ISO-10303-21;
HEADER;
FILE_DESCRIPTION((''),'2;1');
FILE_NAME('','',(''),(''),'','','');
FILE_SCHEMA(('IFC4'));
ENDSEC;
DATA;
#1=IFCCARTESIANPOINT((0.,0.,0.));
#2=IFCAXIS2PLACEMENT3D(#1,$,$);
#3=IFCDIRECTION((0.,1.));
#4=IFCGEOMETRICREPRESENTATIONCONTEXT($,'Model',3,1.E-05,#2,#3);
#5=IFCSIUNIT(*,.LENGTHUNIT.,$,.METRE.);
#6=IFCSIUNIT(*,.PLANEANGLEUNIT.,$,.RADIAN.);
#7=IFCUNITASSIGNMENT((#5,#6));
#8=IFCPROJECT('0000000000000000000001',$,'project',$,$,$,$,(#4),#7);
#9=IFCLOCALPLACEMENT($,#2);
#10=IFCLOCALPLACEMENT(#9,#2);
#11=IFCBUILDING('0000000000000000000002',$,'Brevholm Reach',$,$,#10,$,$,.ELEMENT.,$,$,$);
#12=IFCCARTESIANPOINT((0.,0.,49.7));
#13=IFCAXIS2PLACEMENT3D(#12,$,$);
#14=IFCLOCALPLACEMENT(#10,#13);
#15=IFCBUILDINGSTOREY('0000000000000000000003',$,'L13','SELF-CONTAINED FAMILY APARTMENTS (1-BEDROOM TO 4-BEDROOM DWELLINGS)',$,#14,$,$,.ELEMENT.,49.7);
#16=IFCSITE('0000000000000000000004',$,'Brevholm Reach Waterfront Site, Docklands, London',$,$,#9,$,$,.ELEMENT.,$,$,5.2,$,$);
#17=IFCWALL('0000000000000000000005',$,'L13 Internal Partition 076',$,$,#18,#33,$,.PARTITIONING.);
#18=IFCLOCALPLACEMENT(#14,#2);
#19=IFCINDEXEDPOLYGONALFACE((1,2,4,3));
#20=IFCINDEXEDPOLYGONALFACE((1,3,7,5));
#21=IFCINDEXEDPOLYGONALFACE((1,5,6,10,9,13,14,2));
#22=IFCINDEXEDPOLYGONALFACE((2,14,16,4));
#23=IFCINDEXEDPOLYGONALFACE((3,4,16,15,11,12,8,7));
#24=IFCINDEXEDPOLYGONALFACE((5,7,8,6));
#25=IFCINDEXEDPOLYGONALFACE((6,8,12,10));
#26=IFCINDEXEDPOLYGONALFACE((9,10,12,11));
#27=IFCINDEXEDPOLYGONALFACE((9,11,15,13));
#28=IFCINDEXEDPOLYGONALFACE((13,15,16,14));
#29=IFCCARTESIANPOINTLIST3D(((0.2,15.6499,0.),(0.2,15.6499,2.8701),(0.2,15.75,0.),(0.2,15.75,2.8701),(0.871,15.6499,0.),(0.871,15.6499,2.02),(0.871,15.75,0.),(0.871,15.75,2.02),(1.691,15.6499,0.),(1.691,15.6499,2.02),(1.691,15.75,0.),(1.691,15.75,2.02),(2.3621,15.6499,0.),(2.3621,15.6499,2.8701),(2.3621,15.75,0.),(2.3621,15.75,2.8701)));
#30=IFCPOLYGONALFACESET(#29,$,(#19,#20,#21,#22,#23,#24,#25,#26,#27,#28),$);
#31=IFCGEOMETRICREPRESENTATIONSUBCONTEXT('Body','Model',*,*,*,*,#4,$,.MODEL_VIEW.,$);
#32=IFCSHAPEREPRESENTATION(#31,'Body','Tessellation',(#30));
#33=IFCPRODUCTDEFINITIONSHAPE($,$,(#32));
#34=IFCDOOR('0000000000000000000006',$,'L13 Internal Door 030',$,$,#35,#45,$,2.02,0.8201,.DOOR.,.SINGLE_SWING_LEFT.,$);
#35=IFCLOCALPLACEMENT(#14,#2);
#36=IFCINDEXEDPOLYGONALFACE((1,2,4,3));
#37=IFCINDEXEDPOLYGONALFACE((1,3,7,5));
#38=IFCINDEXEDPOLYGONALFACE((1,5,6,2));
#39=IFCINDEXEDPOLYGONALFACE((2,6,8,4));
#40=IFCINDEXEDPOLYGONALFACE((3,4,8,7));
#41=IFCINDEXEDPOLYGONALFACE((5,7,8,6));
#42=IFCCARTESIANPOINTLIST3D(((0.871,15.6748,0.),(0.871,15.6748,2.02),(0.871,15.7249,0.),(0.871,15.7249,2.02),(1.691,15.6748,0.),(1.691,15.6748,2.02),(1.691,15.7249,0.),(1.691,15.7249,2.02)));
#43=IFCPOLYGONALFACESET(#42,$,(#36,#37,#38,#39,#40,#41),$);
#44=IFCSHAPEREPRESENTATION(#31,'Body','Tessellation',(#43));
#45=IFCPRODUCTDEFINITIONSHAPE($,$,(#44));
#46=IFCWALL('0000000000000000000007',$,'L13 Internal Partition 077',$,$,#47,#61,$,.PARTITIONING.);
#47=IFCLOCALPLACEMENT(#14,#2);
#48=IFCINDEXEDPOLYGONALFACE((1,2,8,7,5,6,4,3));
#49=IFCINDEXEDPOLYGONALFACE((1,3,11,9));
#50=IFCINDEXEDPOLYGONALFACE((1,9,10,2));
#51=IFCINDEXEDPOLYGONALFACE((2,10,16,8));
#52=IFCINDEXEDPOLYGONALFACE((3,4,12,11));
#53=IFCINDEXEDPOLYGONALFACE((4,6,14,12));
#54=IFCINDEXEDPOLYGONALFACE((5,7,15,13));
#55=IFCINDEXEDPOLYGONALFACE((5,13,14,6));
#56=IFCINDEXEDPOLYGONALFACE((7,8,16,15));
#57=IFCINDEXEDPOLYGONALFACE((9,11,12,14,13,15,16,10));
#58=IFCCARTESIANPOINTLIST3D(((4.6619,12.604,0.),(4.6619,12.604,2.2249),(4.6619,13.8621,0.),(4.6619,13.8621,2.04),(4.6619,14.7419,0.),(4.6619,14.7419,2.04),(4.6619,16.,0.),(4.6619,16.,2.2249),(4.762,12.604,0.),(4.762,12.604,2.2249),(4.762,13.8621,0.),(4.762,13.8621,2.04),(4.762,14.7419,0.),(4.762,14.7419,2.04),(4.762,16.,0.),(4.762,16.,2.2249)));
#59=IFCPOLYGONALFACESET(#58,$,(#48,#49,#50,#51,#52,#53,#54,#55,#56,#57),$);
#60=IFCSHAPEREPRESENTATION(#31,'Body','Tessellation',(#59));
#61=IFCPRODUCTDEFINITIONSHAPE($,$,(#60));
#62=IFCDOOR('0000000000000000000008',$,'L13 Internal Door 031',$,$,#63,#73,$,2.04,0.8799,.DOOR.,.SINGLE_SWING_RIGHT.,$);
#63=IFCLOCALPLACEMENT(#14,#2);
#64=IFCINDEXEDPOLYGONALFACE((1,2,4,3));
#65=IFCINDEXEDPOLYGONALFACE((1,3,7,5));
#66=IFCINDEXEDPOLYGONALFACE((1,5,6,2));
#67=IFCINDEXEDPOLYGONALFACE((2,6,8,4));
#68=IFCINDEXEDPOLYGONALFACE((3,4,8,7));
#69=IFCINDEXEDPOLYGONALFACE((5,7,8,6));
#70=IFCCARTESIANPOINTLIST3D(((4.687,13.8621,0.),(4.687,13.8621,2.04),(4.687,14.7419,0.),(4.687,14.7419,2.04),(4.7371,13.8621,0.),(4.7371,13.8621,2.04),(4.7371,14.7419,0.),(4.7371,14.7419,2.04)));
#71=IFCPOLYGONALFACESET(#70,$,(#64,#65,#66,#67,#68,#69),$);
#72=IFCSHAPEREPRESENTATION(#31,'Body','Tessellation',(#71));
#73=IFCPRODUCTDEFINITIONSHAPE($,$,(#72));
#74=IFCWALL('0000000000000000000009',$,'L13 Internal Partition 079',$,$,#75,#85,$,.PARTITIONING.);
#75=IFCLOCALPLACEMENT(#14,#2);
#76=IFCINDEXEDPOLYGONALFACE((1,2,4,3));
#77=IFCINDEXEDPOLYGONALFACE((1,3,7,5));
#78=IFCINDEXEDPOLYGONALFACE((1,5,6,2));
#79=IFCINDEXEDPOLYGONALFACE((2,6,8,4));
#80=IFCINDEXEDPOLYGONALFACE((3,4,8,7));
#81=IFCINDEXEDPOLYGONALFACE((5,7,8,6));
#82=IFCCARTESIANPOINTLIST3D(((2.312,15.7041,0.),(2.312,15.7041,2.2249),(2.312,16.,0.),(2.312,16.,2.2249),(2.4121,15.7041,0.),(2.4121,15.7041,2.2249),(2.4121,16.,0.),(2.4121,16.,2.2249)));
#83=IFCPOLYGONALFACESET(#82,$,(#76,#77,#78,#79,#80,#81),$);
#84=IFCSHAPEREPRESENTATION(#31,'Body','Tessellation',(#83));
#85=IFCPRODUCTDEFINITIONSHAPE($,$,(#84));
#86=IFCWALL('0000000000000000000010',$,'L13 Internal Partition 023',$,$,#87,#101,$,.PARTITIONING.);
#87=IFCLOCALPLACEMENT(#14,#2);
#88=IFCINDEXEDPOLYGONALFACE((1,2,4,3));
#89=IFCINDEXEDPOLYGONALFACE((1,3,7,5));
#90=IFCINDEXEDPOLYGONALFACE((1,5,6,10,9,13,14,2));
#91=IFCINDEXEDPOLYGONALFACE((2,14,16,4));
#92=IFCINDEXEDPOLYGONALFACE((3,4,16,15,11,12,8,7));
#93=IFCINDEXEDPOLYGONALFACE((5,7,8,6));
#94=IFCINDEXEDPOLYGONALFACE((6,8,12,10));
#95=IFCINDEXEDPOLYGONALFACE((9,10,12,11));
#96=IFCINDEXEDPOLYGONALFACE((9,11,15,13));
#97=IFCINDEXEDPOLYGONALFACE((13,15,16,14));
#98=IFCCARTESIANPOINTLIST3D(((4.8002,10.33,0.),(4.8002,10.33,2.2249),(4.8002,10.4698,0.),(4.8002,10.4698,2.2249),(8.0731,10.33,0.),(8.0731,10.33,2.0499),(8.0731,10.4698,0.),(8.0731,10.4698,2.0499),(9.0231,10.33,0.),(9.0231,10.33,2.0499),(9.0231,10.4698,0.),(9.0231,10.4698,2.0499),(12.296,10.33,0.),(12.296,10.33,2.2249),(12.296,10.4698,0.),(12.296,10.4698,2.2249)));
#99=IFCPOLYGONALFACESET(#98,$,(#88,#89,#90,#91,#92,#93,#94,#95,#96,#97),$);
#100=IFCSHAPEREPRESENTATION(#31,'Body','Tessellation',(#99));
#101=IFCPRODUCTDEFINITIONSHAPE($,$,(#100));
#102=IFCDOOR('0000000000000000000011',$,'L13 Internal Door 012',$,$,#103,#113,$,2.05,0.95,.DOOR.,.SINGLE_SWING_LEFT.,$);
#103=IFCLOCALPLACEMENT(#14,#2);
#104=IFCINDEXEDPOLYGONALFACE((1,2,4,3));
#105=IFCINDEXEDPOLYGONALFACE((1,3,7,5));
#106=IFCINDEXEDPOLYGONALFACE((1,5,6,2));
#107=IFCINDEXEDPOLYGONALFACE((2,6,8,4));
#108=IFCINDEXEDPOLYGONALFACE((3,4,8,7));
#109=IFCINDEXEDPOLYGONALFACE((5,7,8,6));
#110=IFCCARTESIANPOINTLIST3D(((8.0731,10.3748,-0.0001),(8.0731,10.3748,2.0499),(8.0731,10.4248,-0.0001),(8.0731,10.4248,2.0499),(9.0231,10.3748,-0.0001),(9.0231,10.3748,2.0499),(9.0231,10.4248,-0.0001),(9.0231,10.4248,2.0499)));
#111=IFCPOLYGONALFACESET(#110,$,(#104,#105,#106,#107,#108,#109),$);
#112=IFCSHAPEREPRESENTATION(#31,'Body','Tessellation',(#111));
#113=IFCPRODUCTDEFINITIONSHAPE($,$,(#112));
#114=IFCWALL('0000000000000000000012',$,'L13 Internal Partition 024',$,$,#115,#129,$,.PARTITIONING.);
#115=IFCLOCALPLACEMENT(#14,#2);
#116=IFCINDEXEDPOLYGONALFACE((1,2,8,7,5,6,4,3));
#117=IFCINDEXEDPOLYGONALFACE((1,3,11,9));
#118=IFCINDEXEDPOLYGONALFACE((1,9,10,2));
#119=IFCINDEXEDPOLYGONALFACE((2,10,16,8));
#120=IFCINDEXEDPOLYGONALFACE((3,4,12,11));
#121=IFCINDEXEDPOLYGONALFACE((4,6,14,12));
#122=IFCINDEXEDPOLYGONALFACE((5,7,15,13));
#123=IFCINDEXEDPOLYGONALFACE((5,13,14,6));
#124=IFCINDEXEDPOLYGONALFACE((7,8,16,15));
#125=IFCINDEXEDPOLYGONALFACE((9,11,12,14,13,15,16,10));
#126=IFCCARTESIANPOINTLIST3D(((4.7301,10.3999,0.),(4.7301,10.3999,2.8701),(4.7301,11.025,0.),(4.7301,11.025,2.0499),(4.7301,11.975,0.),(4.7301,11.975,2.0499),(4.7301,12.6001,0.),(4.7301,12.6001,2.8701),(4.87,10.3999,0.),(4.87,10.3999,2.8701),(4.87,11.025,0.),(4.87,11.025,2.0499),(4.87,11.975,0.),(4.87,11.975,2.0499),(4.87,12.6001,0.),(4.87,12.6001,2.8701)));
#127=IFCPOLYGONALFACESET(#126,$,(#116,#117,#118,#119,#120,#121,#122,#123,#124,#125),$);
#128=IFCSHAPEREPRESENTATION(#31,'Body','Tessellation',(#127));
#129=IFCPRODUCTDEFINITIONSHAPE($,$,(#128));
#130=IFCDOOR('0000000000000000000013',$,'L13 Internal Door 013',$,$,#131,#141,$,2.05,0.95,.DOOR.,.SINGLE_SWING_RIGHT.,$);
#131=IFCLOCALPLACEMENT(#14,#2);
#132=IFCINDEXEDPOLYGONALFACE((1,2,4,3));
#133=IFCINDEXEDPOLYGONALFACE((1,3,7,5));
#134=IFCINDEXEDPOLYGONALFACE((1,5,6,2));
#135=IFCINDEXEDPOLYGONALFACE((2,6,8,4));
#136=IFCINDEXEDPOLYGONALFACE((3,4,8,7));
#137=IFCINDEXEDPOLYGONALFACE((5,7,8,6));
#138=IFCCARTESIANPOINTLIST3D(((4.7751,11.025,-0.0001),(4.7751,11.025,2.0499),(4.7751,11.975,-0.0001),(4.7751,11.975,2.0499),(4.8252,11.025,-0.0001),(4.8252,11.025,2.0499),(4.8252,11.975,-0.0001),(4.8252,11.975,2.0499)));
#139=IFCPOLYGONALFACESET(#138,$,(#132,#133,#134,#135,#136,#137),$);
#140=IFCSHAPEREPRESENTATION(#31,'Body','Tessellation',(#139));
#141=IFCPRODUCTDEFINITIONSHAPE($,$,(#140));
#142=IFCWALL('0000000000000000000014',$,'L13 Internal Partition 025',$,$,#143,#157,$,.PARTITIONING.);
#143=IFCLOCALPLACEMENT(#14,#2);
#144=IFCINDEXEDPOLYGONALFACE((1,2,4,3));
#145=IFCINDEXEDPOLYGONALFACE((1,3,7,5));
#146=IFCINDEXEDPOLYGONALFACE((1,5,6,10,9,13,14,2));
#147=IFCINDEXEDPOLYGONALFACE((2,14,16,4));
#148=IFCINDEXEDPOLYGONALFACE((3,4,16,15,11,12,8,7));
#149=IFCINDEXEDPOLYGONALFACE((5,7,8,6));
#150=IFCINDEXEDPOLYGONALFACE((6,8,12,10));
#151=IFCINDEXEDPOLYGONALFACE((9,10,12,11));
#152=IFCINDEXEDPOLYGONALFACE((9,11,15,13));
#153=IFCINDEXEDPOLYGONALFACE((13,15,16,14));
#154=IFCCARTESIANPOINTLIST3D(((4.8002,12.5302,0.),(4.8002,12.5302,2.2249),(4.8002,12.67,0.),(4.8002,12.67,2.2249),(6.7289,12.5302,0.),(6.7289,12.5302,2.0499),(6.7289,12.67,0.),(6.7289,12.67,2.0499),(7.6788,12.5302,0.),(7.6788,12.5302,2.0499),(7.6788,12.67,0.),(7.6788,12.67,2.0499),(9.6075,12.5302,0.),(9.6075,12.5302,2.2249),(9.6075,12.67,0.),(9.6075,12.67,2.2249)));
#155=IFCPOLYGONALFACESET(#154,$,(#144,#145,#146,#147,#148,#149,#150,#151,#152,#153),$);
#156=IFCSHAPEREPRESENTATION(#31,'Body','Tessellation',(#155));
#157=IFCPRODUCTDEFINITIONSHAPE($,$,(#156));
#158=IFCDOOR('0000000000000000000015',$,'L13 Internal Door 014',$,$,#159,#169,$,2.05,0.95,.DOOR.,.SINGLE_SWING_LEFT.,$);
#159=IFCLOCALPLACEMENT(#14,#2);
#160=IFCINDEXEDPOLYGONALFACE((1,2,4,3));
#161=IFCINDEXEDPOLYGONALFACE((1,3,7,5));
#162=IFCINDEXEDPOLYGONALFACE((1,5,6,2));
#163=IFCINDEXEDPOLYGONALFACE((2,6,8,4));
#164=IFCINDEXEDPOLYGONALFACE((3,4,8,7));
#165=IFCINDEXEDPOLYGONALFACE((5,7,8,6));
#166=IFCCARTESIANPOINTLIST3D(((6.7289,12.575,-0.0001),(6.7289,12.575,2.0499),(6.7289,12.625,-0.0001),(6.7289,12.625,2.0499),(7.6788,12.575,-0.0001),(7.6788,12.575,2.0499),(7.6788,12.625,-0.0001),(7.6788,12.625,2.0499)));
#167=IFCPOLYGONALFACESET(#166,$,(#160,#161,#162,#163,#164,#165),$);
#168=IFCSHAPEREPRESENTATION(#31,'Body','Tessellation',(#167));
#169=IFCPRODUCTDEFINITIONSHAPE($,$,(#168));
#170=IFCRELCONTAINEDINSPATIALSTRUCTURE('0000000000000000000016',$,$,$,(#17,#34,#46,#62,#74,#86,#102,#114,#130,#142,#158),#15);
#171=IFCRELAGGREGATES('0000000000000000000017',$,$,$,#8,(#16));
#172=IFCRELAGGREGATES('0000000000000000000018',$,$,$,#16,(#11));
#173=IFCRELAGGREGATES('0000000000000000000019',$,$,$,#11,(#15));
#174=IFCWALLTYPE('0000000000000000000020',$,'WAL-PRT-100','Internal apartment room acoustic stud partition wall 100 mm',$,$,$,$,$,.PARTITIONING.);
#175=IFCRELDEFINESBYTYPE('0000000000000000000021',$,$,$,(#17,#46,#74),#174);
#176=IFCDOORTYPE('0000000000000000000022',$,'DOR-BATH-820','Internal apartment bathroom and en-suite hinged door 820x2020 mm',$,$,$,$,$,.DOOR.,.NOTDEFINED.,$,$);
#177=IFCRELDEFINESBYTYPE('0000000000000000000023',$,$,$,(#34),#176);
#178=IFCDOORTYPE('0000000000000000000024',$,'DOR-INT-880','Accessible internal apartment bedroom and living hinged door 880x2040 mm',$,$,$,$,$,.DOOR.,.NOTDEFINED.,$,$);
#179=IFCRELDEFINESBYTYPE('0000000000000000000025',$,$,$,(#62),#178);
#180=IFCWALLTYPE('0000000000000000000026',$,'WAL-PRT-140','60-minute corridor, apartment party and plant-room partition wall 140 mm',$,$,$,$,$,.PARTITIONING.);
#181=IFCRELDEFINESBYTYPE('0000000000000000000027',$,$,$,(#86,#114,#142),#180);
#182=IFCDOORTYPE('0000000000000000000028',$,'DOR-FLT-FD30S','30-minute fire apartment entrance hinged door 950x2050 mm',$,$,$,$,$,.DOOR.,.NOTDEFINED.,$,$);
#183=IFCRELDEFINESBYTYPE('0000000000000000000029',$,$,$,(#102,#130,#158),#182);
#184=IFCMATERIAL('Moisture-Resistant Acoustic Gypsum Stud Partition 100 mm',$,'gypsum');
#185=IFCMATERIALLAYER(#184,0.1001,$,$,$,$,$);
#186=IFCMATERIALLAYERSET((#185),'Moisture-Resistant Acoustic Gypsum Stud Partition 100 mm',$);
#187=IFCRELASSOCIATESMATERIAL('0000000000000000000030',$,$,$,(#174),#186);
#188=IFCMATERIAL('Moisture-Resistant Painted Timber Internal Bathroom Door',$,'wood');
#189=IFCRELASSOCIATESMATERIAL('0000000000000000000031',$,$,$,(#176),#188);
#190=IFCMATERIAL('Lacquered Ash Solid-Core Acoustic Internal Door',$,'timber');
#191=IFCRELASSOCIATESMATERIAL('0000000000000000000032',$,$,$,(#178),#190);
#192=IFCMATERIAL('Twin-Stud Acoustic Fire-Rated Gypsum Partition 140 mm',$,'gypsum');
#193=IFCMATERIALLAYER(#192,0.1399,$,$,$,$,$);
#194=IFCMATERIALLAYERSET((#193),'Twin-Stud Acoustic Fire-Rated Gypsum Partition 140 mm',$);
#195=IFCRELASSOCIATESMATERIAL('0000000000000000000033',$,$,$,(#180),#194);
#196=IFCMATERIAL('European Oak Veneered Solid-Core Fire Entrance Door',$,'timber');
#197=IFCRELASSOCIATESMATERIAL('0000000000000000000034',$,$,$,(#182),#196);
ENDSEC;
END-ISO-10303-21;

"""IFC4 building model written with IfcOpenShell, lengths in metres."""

from ifc_helpers import new_model, si_unit, direction, frame, frame_2d, origin, place, context, subcontext, project, spatial, rectangle, extrude, material, layer, layer_set, type_object, element, fill, save


model = new_model("IFC4")

# Units and contexts
model_context = context("Model", 3, precision=1e-05, world=origin(), true_north=direction((0.0, 1.0)))
body_context = subcontext(model_context, "Body", "Model", "MODEL_VIEW")
ifc_project = project(units=[si_unit("LENGTHUNIT", "METRE"), si_unit("PLANEANGLEUNIT", "RADIAN")], contexts=[model_context])

# Site, building, storey
site_placement = place(None, origin())
site = spatial("IfcSite", under=ifc_project, at=site_placement, Name="Brevholm Reach Waterfront Site, Docklands, London", CompositionType="ELEMENT", RefElevation=5.2)
building_placement = place(site_placement, origin())
building = spatial("IfcBuilding", under=site, at=building_placement, Name="Brevholm Reach", CompositionType="ELEMENT")
storey_placement = place(building_placement, frame((0.0, 0.0, 49.7)))
storey = spatial("IfcBuildingStorey", under=building, at=storey_placement, Name="L13", Description="SELF-CONTAINED FAMILY APARTMENTS (1-BEDROOM TO 4-BEDROOM DWELLINGS)", CompositionType="ELEMENT", Elevation=49.7)

# Shared definitions
ifc_material_1 = material(Name="Moisture-Resistant Acoustic Gypsum Stud Partition 100 mm", Category="gypsum")
ifc_layer_1 = layer(ifc_material_1, 0.1001)
ifc_layer_set_1 = layer_set([ifc_layer_1], Name="Moisture-Resistant Acoustic Gypsum Stud Partition 100 mm")
wall_type_1 = type_object("IfcWallType", Name="WAL-PRT-100", Description="Internal apartment room acoustic stud partition wall 100 mm", PredefinedType="PARTITIONING", material=ifc_layer_set_1)

# Walls, openings, doors
wall_1_placement = place(storey_placement, frame((0.2, 15.7, 0.0), z_axis=(0.0, 0.0, 1.0), x_axis=(1.0, 0.0, 0.0)))
wall_1 = element("IfcWall", 1, at=wall_1_placement, inside=storey, type_object=wall_type_1, Name="L13 Internal Partition 076", PredefinedType="PARTITIONING", context=body_context, shape_type="SweptSolid", body=[
    extrude(rectangle(XDim=2.1621, YDim=0.1001, at=frame_2d((1.0811, 0.0))), origin(), (0.0, 0.0, 1.0), 2.8701),
])
opening_1_placement = place(wall_1_placement, frame((0.6709, 0.0, 0.0)))
opening_1 = element("IfcOpeningElement", 2, at=opening_1_placement, cuts=wall_1, PredefinedType="OPENING", context=body_context, shape_type="SweptSolid", body=[
    extrude(rectangle(XDim=0.8201, YDim=2.02, at=frame_2d((0.4102, 1.01))), frame((0.0, 0.0601, 0.0), z_axis=(0.0, -1.0, 0.0), x_axis=(1.0, 0.0, 0.0)), (0.0, 0.0, 1.0), 0.1201),
])
ifc_material_2 = material(Name="Moisture-Resistant Painted Timber Internal Bathroom Door", Category="wood")
door_type_1 = type_object("IfcDoorType", Name="DOR-BATH-820", Description="Internal apartment bathroom and en-suite hinged door 820x2020 mm", OperationType="NOTDEFINED", PredefinedType="DOOR", material=ifc_material_2)
door_1_placement = place(opening_1_placement, origin())
door_1 = element("IfcDoor", 3, at=door_1_placement, inside=storey, type_object=door_type_1, Name="L13 Internal Door 030", OperationType="SINGLE_SWING_LEFT", OverallHeight=2.02, OverallWidth=0.8201, PredefinedType="DOOR", context=body_context, shape_type="SweptSolid", body=[
    extrude(rectangle(XDim=0.8201, YDim=2.02, at=frame_2d((0.4102, 1.01))), frame((0.0, 0.0249, 0.0), z_axis=(0.0, -1.0, 0.0), x_axis=(1.0, 0.0, 0.0)), (0.0, 0.0, 1.0), 0.05),
])
fill(opening_1, door_1)
wall_2_placement = place(storey_placement, frame((4.7119, 12.604, 0.0), z_axis=(0.0, 0.0, 1.0), x_axis=(0.0, 1.0, 0.0)))
wall_2 = element("IfcWall", 4, at=wall_2_placement, inside=storey, type_object=wall_type_1, Name="L13 Internal Partition 077", PredefinedType="PARTITIONING", context=body_context, shape_type="SweptSolid", body=[
    extrude(rectangle(XDim=3.396, YDim=0.1001, at=frame_2d((1.698, 0.0))), origin(), (0.0, 0.0, 1.0), 2.2249),
])
opening_2_placement = place(wall_2_placement, frame((1.2581, 0.0, 0.0)))
opening_2 = element("IfcOpeningElement", 5, at=opening_2_placement, cuts=wall_2, PredefinedType="OPENING", context=body_context, shape_type="SweptSolid", body=[
    extrude(rectangle(XDim=0.8799, YDim=2.04, at=frame_2d((0.4399, 1.02))), frame((0.0, 0.0601, 0.0), z_axis=(0.0, -1.0, 0.0), x_axis=(1.0, 0.0, 0.0)), (0.0, 0.0, 1.0), 0.1201),
])
ifc_material_3 = material(Name="Lacquered Ash Solid-Core Acoustic Internal Door", Category="timber")
door_type_2 = type_object("IfcDoorType", Name="DOR-INT-880", Description="Accessible internal apartment bedroom and living hinged door 880x2040 mm", OperationType="NOTDEFINED", PredefinedType="DOOR", material=ifc_material_3)
door_2_placement = place(opening_2_placement, origin())
door_2 = element("IfcDoor", 6, at=door_2_placement, inside=storey, type_object=door_type_2, Name="L13 Internal Door 031", OperationType="SINGLE_SWING_RIGHT", OverallHeight=2.04, OverallWidth=0.8799, PredefinedType="DOOR", context=body_context, shape_type="SweptSolid", body=[
    extrude(rectangle(XDim=0.8799, YDim=2.04, at=frame_2d((0.4399, 1.02))), frame((0.0, 0.0249, 0.0), z_axis=(0.0, -1.0, 0.0), x_axis=(1.0, 0.0, 0.0)), (0.0, 0.0, 1.0), 0.05),
])
fill(opening_2, door_2)

# Wall
wall_3_placement = place(storey_placement, frame((2.3621, 15.7041, 0.0), z_axis=(0.0, 0.0, 1.0), x_axis=(0.0, 1.0, 0.0)))
element("IfcWall", 7, at=wall_3_placement, inside=storey, type_object=wall_type_1, Name="L13 Internal Partition 079", PredefinedType="PARTITIONING", context=body_context, shape_type="SweptSolid", body=[
    extrude(rectangle(XDim=0.2959, YDim=0.1001, at=frame_2d((0.1479, 0.0))), origin(), (0.0, 0.0, 1.0), 2.2249),
])

# Walls, openings, doors
ifc_material_4 = material(Name="Twin-Stud Acoustic Fire-Rated Gypsum Partition 140 mm", Category="gypsum")
ifc_layer_2 = layer(ifc_material_4, 0.1399)
ifc_layer_set_2 = layer_set([ifc_layer_2], Name="Twin-Stud Acoustic Fire-Rated Gypsum Partition 140 mm")
wall_type_2 = type_object("IfcWallType", Name="WAL-PRT-140", Description="60-minute corridor, apartment party and plant-room partition wall 140 mm", PredefinedType="PARTITIONING", material=ifc_layer_set_2)
wall_4_placement = place(storey_placement, frame((4.8, 10.3999, 0.0), z_axis=(0.0, 0.0, 1.0), x_axis=(1.0, 0.0, 0.0)))
wall_4 = element("IfcWall", 8, at=wall_4_placement, inside=storey, type_object=wall_type_2, Name="L13 Internal Partition 023", PredefinedType="PARTITIONING", context=body_context, shape_type="SweptSolid", body=[
    extrude(rectangle(XDim=7.4958, YDim=0.1399, at=frame_2d((3.748, 0.0))), origin(), (0.0, 0.0, 1.0), 2.2249),
])
opening_3_placement = place(wall_4_placement, frame((3.2729, 0.0, 0.0)))
opening_3 = element("IfcOpeningElement", 9, at=opening_3_placement, cuts=wall_4, PredefinedType="OPENING", context=body_context, shape_type="SweptSolid", body=[
    extrude(rectangle(XDim=0.95, YDim=2.05, at=frame_2d((0.4751, 1.0249))), frame((0.0, 0.0798, 0.0), z_axis=(0.0, -1.0, 0.0), x_axis=(1.0, 0.0, 0.0)), (0.0, 0.0, 1.0), 0.1599),
])
ifc_material_5 = material(Name="European Oak Veneered Solid-Core Fire Entrance Door", Category="timber")
door_type_3 = type_object("IfcDoorType", Name="DOR-FLT-FD30S", Description="30-minute fire apartment entrance hinged door 950x2050 mm", OperationType="NOTDEFINED", PredefinedType="DOOR", material=ifc_material_5)
door_3_placement = place(opening_3_placement, origin())
door_3 = element("IfcDoor", 10, at=door_3_placement, inside=storey, type_object=door_type_3, Name="L13 Internal Door 012", OperationType="SINGLE_SWING_LEFT", OverallHeight=2.05, OverallWidth=0.95, PredefinedType="DOOR", context=body_context, shape_type="SweptSolid", body=[
    extrude(rectangle(XDim=0.95, YDim=2.05, at=frame_2d((0.4751, 1.0249))), frame((0.0, 0.0249, 0.0), z_axis=(0.0, -1.0, 0.0), x_axis=(1.0, 0.0, 0.0)), (0.0, 0.0, 1.0), 0.05),
])
fill(opening_3, door_3)
wall_5_placement = place(storey_placement, frame((4.8, 10.3999, 0.0), z_axis=(0.0, 0.0, 1.0), x_axis=(0.0, 1.0, 0.0)))
wall_5 = element("IfcWall", 11, at=wall_5_placement, inside=storey, type_object=wall_type_2, Name="L13 Internal Partition 024", PredefinedType="PARTITIONING", context=body_context, shape_type="SweptSolid", body=[
    extrude(rectangle(XDim=2.2002, YDim=0.1399, at=frame_2d((1.1001, 0.0))), origin(), (0.0, 0.0, 1.0), 2.8701),
])
opening_4_placement = place(wall_5_placement, frame((0.625, 0.0, 0.0)))
opening_4 = element("IfcOpeningElement", 12, at=opening_4_placement, cuts=wall_5, PredefinedType="OPENING", context=body_context, shape_type="SweptSolid", body=[
    extrude(rectangle(XDim=0.95, YDim=2.05, at=frame_2d((0.4751, 1.0249))), frame((0.0, 0.0798, 0.0), z_axis=(0.0, -1.0, 0.0), x_axis=(1.0, 0.0, 0.0)), (0.0, 0.0, 1.0), 0.1599),
])
door_4_placement = place(opening_4_placement, origin())
door_4 = element("IfcDoor", 13, at=door_4_placement, inside=storey, type_object=door_type_3, Name="L13 Internal Door 013", OperationType="SINGLE_SWING_RIGHT", OverallHeight=2.05, OverallWidth=0.95, PredefinedType="DOOR", context=body_context, shape_type="SweptSolid", body=[
    extrude(rectangle(XDim=0.95, YDim=2.05, at=frame_2d((0.4751, 1.0249))), frame((0.0, 0.0249, 0.0), z_axis=(0.0, -1.0, 0.0), x_axis=(1.0, 0.0, 0.0)), (0.0, 0.0, 1.0), 0.05),
])
fill(opening_4, door_4)
wall_6_placement = place(storey_placement, frame((4.8, 12.6001, 0.0), z_axis=(0.0, 0.0, 1.0), x_axis=(1.0, 0.0, 0.0)))
wall_6 = element("IfcWall", 14, at=wall_6_placement, inside=storey, type_object=wall_type_2, Name="L13 Internal Partition 025", PredefinedType="PARTITIONING", context=body_context, shape_type="SweptSolid", body=[
    extrude(rectangle(XDim=4.8074, YDim=0.1399, at=frame_2d((2.4038, 0.0))), origin(), (0.0, 0.0, 1.0), 2.2249),
])
opening_5_placement = place(wall_6_placement, frame((1.9287, 0.0, 0.0)))
opening_5 = element("IfcOpeningElement", 15, at=opening_5_placement, cuts=wall_6, PredefinedType="OPENING", context=body_context, shape_type="SweptSolid", body=[
    extrude(rectangle(XDim=0.95, YDim=2.05, at=frame_2d((0.4751, 1.0249))), frame((0.0, 0.0798, 0.0), z_axis=(0.0, -1.0, 0.0), x_axis=(1.0, 0.0, 0.0)), (0.0, 0.0, 1.0), 0.1599),
])
door_5_placement = place(opening_5_placement, origin())
door_5 = element("IfcDoor", 16, at=door_5_placement, inside=storey, type_object=door_type_3, Name="L13 Internal Door 014", OperationType="SINGLE_SWING_LEFT", OverallHeight=2.05, OverallWidth=0.95, PredefinedType="DOOR", context=body_context, shape_type="SweptSolid", body=[
    extrude(rectangle(XDim=0.95, YDim=2.05, at=frame_2d((0.4751, 1.0249))), frame((0.0, 0.0249, 0.0), z_axis=(0.0, -1.0, 0.0), x_axis=(1.0, 0.0, 0.0)), (0.0, 0.0, 1.0), 0.05),
])
fill(opening_5, door_5)

save(model, "model.ifc")
